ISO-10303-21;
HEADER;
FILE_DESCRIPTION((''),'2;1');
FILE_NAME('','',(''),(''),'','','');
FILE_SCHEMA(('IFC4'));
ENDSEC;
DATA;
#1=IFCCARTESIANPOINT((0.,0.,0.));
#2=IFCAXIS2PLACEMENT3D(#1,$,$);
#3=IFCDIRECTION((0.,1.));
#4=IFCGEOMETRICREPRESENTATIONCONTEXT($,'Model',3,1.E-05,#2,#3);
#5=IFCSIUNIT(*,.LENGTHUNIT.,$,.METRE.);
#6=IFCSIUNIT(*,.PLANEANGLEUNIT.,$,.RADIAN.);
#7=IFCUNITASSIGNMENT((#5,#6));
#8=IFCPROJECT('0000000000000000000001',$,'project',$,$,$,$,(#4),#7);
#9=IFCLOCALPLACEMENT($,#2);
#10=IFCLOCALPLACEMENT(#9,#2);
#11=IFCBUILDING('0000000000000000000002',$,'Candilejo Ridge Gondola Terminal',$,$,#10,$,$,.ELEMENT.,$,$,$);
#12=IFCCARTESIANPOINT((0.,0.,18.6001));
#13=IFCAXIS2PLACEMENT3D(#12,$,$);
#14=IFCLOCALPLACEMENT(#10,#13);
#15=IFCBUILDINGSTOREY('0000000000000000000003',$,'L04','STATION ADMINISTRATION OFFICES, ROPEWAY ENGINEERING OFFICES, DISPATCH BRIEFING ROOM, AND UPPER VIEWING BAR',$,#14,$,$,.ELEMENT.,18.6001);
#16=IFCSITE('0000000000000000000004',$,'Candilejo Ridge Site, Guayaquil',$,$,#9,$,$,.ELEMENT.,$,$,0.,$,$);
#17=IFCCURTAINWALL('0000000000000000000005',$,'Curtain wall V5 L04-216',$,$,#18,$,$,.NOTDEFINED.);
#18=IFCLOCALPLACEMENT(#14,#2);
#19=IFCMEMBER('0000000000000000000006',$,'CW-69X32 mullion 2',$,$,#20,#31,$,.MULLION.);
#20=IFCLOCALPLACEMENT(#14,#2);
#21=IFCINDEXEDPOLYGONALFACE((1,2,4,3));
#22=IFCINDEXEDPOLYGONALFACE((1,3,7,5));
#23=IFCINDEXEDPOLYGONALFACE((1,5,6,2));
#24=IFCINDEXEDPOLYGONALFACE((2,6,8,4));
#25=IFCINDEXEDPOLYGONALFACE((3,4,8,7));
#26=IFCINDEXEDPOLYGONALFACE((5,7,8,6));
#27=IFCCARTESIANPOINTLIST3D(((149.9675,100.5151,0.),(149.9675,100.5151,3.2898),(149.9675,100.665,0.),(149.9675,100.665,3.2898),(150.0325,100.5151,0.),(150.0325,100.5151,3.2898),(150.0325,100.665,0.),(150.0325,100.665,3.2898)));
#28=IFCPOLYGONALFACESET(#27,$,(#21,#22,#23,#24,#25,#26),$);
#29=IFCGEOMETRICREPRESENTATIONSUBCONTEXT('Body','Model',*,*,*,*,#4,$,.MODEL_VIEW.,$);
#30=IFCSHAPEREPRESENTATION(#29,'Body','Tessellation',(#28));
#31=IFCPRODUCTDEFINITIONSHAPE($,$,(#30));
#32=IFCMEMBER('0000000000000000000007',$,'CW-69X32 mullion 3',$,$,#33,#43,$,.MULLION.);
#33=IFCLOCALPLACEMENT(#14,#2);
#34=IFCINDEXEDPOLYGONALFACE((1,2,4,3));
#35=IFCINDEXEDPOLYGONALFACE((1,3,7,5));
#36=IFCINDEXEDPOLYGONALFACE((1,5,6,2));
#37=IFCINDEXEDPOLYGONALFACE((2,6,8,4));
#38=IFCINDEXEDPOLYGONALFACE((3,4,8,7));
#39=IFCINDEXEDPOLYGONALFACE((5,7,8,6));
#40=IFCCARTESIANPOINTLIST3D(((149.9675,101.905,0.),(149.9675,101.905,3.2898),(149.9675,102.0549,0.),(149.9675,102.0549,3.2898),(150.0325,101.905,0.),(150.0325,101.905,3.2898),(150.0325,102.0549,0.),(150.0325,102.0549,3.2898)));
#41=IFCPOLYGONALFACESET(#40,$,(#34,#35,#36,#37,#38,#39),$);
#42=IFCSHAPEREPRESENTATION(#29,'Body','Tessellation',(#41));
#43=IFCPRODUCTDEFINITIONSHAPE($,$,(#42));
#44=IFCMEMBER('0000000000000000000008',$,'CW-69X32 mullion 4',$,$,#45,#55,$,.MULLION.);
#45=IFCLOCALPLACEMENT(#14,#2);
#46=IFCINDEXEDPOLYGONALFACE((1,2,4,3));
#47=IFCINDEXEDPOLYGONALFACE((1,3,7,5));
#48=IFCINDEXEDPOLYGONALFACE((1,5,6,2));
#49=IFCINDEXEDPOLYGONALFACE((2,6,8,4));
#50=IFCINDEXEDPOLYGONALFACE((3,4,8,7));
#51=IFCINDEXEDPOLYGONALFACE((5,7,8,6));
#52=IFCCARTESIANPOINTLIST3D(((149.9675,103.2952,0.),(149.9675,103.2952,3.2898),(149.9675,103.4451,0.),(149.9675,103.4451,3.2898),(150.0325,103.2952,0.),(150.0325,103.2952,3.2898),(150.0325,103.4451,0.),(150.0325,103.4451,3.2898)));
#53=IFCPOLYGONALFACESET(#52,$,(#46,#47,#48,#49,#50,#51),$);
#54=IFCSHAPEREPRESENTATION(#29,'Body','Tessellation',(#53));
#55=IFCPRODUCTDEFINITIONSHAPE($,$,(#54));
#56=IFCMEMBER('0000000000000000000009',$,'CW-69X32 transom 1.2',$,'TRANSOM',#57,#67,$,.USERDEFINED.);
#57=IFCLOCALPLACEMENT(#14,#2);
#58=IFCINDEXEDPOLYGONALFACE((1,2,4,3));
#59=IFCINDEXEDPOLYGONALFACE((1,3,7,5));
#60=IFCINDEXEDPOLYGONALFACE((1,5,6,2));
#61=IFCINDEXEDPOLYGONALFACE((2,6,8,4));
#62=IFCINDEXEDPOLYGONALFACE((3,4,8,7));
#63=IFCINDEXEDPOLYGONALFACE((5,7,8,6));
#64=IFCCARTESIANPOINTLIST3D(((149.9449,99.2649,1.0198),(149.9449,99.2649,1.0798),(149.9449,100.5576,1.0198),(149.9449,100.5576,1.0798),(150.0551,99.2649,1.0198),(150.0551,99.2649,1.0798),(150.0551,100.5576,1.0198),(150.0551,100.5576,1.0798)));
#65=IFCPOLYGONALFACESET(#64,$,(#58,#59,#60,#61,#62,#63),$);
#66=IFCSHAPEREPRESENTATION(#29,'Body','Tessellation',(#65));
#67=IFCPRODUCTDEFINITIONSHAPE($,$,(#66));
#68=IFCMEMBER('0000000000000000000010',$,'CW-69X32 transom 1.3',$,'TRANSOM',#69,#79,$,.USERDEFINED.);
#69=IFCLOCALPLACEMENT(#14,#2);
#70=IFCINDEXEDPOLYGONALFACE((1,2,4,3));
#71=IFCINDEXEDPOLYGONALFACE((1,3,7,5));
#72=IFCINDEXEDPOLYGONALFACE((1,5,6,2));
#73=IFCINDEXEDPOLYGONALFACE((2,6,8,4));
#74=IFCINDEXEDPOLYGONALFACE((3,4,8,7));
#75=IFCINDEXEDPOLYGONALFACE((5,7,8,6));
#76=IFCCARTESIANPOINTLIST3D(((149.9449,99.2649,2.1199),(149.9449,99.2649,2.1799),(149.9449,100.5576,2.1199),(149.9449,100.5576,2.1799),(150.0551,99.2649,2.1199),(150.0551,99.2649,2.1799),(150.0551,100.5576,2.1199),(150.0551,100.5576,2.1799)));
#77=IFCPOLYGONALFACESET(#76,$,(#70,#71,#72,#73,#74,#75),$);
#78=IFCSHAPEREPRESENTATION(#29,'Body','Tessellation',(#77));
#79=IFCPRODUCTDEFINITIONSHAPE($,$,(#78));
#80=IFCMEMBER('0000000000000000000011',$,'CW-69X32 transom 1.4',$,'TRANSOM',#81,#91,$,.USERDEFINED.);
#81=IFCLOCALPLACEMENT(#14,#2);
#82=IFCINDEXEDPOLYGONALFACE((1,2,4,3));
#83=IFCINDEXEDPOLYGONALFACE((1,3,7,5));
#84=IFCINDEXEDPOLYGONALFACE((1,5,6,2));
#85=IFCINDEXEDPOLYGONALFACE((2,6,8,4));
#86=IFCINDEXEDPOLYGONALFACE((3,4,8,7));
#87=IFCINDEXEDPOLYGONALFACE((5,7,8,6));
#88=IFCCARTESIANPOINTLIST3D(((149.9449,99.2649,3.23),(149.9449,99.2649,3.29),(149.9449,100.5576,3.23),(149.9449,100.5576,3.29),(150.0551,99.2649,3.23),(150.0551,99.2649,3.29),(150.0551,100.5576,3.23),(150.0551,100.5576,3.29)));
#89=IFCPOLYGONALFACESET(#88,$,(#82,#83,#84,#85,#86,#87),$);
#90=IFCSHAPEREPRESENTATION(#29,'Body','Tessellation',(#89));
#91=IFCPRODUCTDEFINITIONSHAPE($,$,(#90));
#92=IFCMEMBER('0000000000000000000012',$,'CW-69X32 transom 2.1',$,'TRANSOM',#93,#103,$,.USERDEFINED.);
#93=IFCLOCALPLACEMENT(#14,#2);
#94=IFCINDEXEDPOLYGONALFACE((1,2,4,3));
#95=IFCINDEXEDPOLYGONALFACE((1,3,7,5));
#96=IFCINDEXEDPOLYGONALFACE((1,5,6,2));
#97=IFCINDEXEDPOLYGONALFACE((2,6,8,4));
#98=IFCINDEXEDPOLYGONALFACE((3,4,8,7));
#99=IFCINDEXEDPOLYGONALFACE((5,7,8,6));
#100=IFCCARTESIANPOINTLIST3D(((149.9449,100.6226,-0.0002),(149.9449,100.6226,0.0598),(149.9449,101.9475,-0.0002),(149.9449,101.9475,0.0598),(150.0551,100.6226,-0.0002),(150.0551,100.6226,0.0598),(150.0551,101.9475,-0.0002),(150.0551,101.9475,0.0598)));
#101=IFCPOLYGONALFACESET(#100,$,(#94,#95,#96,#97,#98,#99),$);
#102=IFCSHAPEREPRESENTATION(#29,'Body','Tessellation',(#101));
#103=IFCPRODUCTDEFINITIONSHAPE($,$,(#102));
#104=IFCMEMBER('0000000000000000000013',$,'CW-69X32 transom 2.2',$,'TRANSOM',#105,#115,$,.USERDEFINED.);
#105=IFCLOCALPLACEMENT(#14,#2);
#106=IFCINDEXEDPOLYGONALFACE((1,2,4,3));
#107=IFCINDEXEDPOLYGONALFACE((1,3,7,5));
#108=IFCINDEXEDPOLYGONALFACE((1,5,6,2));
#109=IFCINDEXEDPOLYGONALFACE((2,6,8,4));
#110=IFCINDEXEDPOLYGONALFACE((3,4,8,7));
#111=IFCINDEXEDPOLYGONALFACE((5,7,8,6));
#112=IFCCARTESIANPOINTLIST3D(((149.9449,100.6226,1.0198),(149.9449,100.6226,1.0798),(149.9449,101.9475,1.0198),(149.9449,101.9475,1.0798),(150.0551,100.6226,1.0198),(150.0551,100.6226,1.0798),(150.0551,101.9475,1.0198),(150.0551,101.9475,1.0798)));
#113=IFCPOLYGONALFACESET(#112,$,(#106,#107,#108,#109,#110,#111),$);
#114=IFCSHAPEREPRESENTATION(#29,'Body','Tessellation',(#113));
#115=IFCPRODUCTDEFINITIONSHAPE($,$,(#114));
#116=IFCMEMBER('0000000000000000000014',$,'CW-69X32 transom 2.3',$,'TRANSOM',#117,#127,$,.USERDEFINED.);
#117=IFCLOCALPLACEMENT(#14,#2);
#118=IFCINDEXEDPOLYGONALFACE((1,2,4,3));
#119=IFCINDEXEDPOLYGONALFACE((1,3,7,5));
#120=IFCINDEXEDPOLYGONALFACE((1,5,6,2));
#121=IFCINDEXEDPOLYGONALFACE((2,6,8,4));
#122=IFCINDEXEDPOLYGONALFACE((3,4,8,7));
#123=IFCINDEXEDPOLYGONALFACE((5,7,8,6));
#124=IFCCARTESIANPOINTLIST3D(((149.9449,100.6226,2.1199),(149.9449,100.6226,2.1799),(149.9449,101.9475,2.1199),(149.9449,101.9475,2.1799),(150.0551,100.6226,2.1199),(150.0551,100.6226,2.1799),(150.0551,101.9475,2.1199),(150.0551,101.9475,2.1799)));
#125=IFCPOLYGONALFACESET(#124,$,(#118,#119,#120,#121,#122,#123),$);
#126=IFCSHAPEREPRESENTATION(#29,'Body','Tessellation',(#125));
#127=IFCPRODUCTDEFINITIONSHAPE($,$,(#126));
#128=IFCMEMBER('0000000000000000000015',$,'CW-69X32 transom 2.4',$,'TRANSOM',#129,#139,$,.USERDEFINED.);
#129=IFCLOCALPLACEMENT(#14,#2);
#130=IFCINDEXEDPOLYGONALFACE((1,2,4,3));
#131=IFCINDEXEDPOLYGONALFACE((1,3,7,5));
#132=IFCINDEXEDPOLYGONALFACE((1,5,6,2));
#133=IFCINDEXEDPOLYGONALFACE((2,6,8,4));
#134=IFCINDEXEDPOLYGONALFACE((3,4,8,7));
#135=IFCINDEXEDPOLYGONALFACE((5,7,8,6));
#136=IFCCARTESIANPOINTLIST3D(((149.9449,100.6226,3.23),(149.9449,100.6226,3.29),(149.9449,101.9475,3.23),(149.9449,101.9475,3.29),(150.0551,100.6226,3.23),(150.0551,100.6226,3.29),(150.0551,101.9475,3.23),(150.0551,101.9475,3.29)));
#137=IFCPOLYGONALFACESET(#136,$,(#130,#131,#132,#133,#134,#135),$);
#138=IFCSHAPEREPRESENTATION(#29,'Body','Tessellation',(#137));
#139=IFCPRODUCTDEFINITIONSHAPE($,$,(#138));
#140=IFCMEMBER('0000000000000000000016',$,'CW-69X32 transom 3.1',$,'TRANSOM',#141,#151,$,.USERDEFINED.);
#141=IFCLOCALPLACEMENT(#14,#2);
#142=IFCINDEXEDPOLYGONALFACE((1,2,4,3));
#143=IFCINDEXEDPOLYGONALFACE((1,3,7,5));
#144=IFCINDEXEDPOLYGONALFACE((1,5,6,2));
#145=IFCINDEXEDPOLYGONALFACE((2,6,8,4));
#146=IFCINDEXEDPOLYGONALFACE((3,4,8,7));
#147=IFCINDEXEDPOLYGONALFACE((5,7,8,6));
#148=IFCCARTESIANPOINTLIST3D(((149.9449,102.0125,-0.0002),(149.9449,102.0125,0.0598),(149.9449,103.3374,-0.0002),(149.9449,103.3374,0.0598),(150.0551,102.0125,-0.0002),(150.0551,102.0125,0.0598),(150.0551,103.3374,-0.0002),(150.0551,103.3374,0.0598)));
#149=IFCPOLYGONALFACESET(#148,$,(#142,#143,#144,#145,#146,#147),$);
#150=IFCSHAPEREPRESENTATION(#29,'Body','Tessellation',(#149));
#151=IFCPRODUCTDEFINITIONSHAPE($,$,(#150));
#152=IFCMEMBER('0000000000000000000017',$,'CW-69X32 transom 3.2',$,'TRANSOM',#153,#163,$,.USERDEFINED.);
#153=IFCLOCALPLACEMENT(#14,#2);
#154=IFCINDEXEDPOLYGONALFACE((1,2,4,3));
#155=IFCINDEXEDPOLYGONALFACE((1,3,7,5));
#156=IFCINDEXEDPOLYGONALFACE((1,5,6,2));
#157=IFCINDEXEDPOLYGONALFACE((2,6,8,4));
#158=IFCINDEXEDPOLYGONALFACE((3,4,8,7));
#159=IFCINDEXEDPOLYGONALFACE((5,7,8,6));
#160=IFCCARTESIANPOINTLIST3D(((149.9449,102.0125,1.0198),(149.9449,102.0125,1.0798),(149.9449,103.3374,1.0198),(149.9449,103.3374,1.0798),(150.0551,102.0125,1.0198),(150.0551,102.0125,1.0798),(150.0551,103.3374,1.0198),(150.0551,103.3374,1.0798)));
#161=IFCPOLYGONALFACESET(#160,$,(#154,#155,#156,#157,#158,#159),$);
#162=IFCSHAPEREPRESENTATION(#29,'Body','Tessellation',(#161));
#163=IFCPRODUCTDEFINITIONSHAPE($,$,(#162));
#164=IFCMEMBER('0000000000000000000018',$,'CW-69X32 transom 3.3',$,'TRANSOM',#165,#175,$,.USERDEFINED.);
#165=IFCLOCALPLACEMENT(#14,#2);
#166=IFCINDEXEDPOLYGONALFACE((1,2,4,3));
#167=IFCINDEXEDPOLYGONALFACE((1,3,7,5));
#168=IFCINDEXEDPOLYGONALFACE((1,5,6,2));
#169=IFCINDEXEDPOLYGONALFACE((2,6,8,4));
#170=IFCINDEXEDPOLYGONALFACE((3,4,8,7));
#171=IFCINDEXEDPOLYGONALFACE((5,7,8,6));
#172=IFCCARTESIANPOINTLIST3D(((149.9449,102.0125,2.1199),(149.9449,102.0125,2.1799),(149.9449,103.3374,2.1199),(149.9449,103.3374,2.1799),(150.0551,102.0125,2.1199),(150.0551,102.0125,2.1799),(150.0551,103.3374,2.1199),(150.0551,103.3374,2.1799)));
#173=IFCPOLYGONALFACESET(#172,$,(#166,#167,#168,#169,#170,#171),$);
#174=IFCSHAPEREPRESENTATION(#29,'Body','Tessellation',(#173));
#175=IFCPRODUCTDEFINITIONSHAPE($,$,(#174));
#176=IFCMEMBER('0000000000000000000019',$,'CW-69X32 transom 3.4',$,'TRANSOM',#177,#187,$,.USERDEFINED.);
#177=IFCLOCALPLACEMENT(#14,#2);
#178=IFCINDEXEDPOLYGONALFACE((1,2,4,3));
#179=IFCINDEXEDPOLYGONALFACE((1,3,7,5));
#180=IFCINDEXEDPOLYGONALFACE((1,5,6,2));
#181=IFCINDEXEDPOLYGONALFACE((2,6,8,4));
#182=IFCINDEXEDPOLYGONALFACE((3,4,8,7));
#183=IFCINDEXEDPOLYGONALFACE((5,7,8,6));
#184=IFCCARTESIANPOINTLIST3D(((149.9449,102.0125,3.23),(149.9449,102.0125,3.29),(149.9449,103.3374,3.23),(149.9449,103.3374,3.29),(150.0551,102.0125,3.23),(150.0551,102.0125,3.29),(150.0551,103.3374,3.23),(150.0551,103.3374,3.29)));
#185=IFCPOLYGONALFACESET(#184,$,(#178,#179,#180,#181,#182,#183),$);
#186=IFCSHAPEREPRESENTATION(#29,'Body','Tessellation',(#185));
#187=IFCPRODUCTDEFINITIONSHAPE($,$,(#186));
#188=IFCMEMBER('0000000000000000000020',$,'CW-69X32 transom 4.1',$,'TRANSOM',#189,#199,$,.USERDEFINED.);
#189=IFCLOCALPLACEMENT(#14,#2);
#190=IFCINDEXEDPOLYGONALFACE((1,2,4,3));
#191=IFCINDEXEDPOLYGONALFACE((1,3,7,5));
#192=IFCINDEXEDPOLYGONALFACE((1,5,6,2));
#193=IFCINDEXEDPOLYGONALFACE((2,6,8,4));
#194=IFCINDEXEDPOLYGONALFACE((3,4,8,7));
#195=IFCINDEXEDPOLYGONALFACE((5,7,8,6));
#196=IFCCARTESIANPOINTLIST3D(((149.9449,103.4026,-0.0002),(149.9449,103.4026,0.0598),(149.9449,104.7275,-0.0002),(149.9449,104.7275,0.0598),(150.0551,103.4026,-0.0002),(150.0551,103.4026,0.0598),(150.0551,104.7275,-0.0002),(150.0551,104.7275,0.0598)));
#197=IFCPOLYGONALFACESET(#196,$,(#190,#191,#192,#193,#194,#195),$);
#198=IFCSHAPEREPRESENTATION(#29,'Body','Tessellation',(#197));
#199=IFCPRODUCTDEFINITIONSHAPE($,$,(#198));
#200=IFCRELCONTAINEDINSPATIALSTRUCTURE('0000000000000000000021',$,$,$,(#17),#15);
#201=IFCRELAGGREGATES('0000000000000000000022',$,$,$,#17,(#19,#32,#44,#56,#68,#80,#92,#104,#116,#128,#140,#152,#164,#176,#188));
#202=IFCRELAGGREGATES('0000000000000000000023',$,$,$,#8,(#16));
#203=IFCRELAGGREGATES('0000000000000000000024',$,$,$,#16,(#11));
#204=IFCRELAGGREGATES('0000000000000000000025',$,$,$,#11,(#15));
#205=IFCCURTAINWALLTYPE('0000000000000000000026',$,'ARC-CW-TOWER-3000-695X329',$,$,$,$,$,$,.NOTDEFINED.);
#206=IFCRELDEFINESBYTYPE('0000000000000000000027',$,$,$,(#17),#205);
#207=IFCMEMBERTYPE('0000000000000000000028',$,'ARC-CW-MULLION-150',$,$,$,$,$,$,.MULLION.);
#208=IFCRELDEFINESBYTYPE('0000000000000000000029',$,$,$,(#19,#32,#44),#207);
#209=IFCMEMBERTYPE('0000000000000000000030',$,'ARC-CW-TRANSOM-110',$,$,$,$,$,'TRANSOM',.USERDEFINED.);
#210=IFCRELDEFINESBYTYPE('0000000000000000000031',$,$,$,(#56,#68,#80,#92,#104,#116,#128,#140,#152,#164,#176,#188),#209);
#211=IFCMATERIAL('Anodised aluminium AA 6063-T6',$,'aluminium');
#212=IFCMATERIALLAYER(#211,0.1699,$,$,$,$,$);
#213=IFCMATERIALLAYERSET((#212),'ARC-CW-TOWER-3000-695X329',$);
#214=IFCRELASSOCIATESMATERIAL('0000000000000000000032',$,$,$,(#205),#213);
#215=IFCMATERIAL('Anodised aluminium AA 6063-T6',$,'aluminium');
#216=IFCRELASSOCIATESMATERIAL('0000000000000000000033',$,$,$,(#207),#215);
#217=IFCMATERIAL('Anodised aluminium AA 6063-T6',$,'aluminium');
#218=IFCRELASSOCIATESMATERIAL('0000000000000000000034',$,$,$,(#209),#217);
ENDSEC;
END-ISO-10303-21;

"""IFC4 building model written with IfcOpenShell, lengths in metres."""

from ifc_helpers import new_model, si_unit, direction, frame, origin, origin_2d, place, context, subcontext, project, spatial, rectangle, extrude, material, layer, layer_set, material_profile, profile_set, type_object, element, aggregate, save


model = new_model("IFC4")

# Units and contexts
model_context = context("Model", 3, precision=1e-05, world=origin(), true_north=direction((0.0, 1.0)))
body_context = subcontext(model_context, "Body", "Model", "MODEL_VIEW")
ifc_project = project(units=[si_unit("LENGTHUNIT", "METRE"), si_unit("PLANEANGLEUNIT", "RADIAN")], contexts=[model_context])

# Site, building, storey
site_placement = place(None, origin())
site = spatial("IfcSite", under=ifc_project, at=site_placement, Name="Candilejo Ridge Site, Guayaquil", CompositionType="ELEMENT", RefElevation=0.0)
building_placement = place(site_placement, origin())
building = spatial("IfcBuilding", under=site, at=building_placement, Name="Candilejo Ridge Gondola Terminal", CompositionType="ELEMENT")
storey_placement = place(building_placement, frame((0.0, 0.0, 18.6001)))
storey = spatial("IfcBuildingStorey", under=building, at=storey_placement, Name="L04", Description="STATION ADMINISTRATION OFFICES, ROPEWAY ENGINEERING OFFICES, DISPATCH BRIEFING ROOM, AND UPPER VIEWING BAR", CompositionType="ELEMENT", Elevation=18.6001)

# Curtain wall, members
ifc_material_1 = material(Name="Anodised aluminium AA 6063-T6", Category="aluminium")
ifc_layer_1 = layer(ifc_material_1, 0.1699)
ifc_layer_set_1 = layer_set([ifc_layer_1], Name="ARC-CW-TOWER-3000-695X329")
curtain_wall_type = type_object("IfcCurtainWallType", Name="ARC-CW-TOWER-3000-695X329", PredefinedType="NOTDEFINED", material=ifc_layer_set_1)
curtain_wall_placement = place(storey_placement, origin())
curtain_wall = element("IfcCurtainWall", 1, at=curtain_wall_placement, inside=storey, type_object=curtain_wall_type, Name="Curtain wall V5 L04-216", PredefinedType="NOTDEFINED")
ifc_material_2 = material(Name="Anodised aluminium AA 6063-T6", Category="aluminium")
ifc_material_profile_1 = material_profile(ifc_material_2, rectangle(XDim=0.0649, YDim=0.1499, at=origin_2d()))
ifc_profile_set_1 = profile_set([ifc_material_profile_1], Name="Anodised aluminium AA 6063-T6")
member_type_1 = type_object("IfcMemberType", Name="ARC-CW-MULLION-150", PredefinedType="MULLION", material=ifc_profile_set_1)
member_1_placement = place(storey_placement, frame((150.0, 100.5901, 0.0), z_axis=(0.0, 0.0, 1.0), x_axis=(-1.0, 0.0, 0.0)))
member_1 = element("IfcMember", 2, at=member_1_placement, type_object=member_type_1, Name="CW-69X32 mullion 2", PredefinedType="MULLION", context=body_context, shape_type="SweptSolid", body=[
    extrude(rectangle(XDim=0.0649, YDim=0.1499, at=origin_2d()), origin(), (0.0, 0.0, 1.0), 3.2898),
])
member_2_placement = place(storey_placement, frame((150.0, 101.98, 0.0), z_axis=(0.0, 0.0, 1.0), x_axis=(-1.0, 0.0, 0.0)))
member_2 = element("IfcMember", 3, at=member_2_placement, type_object=member_type_1, Name="CW-69X32 mullion 3", PredefinedType="MULLION", context=body_context, shape_type="SweptSolid", body=[
    extrude(rectangle(XDim=0.0649, YDim=0.1499, at=origin_2d()), origin(), (0.0, 0.0, 1.0), 3.2898),
])
member_3_placement = place(storey_placement, frame((150.0, 103.3701, 0.0), z_axis=(0.0, 0.0, 1.0), x_axis=(-1.0, 0.0, 0.0)))
member_3 = element("IfcMember", 4, at=member_3_placement, type_object=member_type_1, Name="CW-69X32 mullion 4", PredefinedType="MULLION", context=body_context, shape_type="SweptSolid", body=[
    extrude(rectangle(XDim=0.0649, YDim=0.1499, at=origin_2d()), origin(), (0.0, 0.0, 1.0), 3.2898),
])
ifc_material_3 = material(Name="Anodised aluminium AA 6063-T6", Category="aluminium")
ifc_material_profile_2 = material_profile(ifc_material_3, rectangle(XDim=0.1101, YDim=0.0601, at=origin_2d()))
ifc_profile_set_2 = profile_set([ifc_material_profile_2], Name="Anodised aluminium AA 6063-T6")
member_type_2 = type_object("IfcMemberType", Name="ARC-CW-TRANSOM-110", ElementType="TRANSOM", PredefinedType="USERDEFINED", material=ifc_profile_set_2)
member_4_placement = place(storey_placement, frame((150.0, 99.2649, 1.0498), z_axis=(0.0, 1.0, 0.0), x_axis=(-1.0, 0.0, 0.0)))
member_4 = element("IfcMember", 5, at=member_4_placement, type_object=member_type_2, Name="CW-69X32 transom 1.2", ObjectType="TRANSOM", PredefinedType="USERDEFINED", context=body_context, shape_type="SweptSolid", body=[
    extrude(rectangle(XDim=0.1101, YDim=0.0601, at=origin_2d()), origin(), (0.0, 0.0, 1.0), 1.2927),
])
member_5_placement = place(storey_placement, frame((150.0, 99.2649, 2.1499), z_axis=(0.0, 1.0, 0.0), x_axis=(-1.0, 0.0, 0.0)))
member_5 = element("IfcMember", 6, at=member_5_placement, type_object=member_type_2, Name="CW-69X32 transom 1.3", ObjectType="TRANSOM", PredefinedType="USERDEFINED", context=body_context, shape_type="SweptSolid", body=[
    extrude(rectangle(XDim=0.1101, YDim=0.0601, at=origin_2d()), origin(), (0.0, 0.0, 1.0), 1.2927),
])
member_6_placement = place(storey_placement, frame((150.0, 99.2649, 3.26), z_axis=(0.0, 1.0, 0.0), x_axis=(-1.0, 0.0, 0.0)))
member_6 = element("IfcMember", 7, at=member_6_placement, type_object=member_type_2, Name="CW-69X32 transom 1.4", ObjectType="TRANSOM", PredefinedType="USERDEFINED", context=body_context, shape_type="SweptSolid", body=[
    extrude(rectangle(XDim=0.1101, YDim=0.0601, at=origin_2d()), origin(), (0.0, 0.0, 1.0), 1.2927),
])
member_7_placement = place(storey_placement, frame((150.0, 100.6226, 0.0298), z_axis=(0.0, 1.0, 0.0), x_axis=(-1.0, 0.0, 0.0)))
member_7 = element("IfcMember", 8, at=member_7_placement, type_object=member_type_2, Name="CW-69X32 transom 2.1", ObjectType="TRANSOM", PredefinedType="USERDEFINED", context=body_context, shape_type="SweptSolid", body=[
    extrude(rectangle(XDim=0.1101, YDim=0.0601, at=origin_2d()), origin(), (0.0, 0.0, 1.0), 1.325),
])
member_8_placement = place(storey_placement, frame((150.0, 100.6226, 1.0498), z_axis=(0.0, 1.0, 0.0), x_axis=(-1.0, 0.0, 0.0)))
member_8 = element("IfcMember", 9, at=member_8_placement, type_object=member_type_2, Name="CW-69X32 transom 2.2", ObjectType="TRANSOM", PredefinedType="USERDEFINED", context=body_context, shape_type="SweptSolid", body=[
    extrude(rectangle(XDim=0.1101, YDim=0.0601, at=origin_2d()), origin(), (0.0, 0.0, 1.0), 1.325),
])
member_9_placement = place(storey_placement, frame((150.0, 100.6226, 2.1499), z_axis=(0.0, 1.0, 0.0), x_axis=(-1.0, 0.0, 0.0)))
member_9 = element("IfcMember", 10, at=member_9_placement, type_object=member_type_2, Name="CW-69X32 transom 2.3", ObjectType="TRANSOM", PredefinedType="USERDEFINED", context=body_context, shape_type="SweptSolid", body=[
    extrude(rectangle(XDim=0.1101, YDim=0.0601, at=origin_2d()), origin(), (0.0, 0.0, 1.0), 1.325),
])
member_10_placement = place(storey_placement, frame((150.0, 100.6226, 3.26), z_axis=(0.0, 1.0, 0.0), x_axis=(-1.0, 0.0, 0.0)))
member_10 = element("IfcMember", 11, at=member_10_placement, type_object=member_type_2, Name="CW-69X32 transom 2.4", ObjectType="TRANSOM", PredefinedType="USERDEFINED", context=body_context, shape_type="SweptSolid", body=[
    extrude(rectangle(XDim=0.1101, YDim=0.0601, at=origin_2d()), origin(), (0.0, 0.0, 1.0), 1.325),
])
member_11_placement = place(storey_placement, frame((150.0, 102.0125, 0.0298), z_axis=(0.0, 1.0, 0.0), x_axis=(-1.0, 0.0, 0.0)))
member_11 = element("IfcMember", 12, at=member_11_placement, type_object=member_type_2, Name="CW-69X32 transom 3.1", ObjectType="TRANSOM", PredefinedType="USERDEFINED", context=body_context, shape_type="SweptSolid", body=[
    extrude(rectangle(XDim=0.1101, YDim=0.0601, at=origin_2d()), origin(), (0.0, 0.0, 1.0), 1.325),
])
member_12_placement = place(storey_placement, frame((150.0, 102.0125, 1.0498), z_axis=(0.0, 1.0, 0.0), x_axis=(-1.0, 0.0, 0.0)))
member_12 = element("IfcMember", 13, at=member_12_placement, type_object=member_type_2, Name="CW-69X32 transom 3.2", ObjectType="TRANSOM", PredefinedType="USERDEFINED", context=body_context, shape_type="SweptSolid", body=[
    extrude(rectangle(XDim=0.1101, YDim=0.0601, at=origin_2d()), origin(), (0.0, 0.0, 1.0), 1.325),
])
member_13_placement = place(storey_placement, frame((150.0, 102.0125, 2.1499), z_axis=(0.0, 1.0, 0.0), x_axis=(-1.0, 0.0, 0.0)))
member_13 = element("IfcMember", 14, at=member_13_placement, type_object=member_type_2, Name="CW-69X32 transom 3.3", ObjectType="TRANSOM", PredefinedType="USERDEFINED", context=body_context, shape_type="SweptSolid", body=[
    extrude(rectangle(XDim=0.1101, YDim=0.0601, at=origin_2d()), origin(), (0.0, 0.0, 1.0), 1.325),
])
member_14_placement = place(storey_placement, frame((150.0, 102.0125, 3.26), z_axis=(0.0, 1.0, 0.0), x_axis=(-1.0, 0.0, 0.0)))
member_14 = element("IfcMember", 15, at=member_14_placement, type_object=member_type_2, Name="CW-69X32 transom 3.4", ObjectType="TRANSOM", PredefinedType="USERDEFINED", context=body_context, shape_type="SweptSolid", body=[
    extrude(rectangle(XDim=0.1101, YDim=0.0601, at=origin_2d()), origin(), (0.0, 0.0, 1.0), 1.325),
])
member_15_placement = place(storey_placement, frame((150.0, 103.4026, 0.0298), z_axis=(0.0, 1.0, 0.0), x_axis=(-1.0, 0.0, 0.0)))
member_15 = element("IfcMember", 16, at=member_15_placement, type_object=member_type_2, Name="CW-69X32 transom 4.1", ObjectType="TRANSOM", PredefinedType="USERDEFINED", context=body_context, shape_type="SweptSolid", body=[
    extrude(rectangle(XDim=0.1101, YDim=0.0601, at=origin_2d()), origin(), (0.0, 0.0, 1.0), 1.325),
])
aggregate(curtain_wall, [member_1, member_2, member_3, member_4, member_5, member_6, member_7, member_8, member_9, member_10, member_11, member_12, member_13, member_14, member_15])

save(model, "model.ifc")
